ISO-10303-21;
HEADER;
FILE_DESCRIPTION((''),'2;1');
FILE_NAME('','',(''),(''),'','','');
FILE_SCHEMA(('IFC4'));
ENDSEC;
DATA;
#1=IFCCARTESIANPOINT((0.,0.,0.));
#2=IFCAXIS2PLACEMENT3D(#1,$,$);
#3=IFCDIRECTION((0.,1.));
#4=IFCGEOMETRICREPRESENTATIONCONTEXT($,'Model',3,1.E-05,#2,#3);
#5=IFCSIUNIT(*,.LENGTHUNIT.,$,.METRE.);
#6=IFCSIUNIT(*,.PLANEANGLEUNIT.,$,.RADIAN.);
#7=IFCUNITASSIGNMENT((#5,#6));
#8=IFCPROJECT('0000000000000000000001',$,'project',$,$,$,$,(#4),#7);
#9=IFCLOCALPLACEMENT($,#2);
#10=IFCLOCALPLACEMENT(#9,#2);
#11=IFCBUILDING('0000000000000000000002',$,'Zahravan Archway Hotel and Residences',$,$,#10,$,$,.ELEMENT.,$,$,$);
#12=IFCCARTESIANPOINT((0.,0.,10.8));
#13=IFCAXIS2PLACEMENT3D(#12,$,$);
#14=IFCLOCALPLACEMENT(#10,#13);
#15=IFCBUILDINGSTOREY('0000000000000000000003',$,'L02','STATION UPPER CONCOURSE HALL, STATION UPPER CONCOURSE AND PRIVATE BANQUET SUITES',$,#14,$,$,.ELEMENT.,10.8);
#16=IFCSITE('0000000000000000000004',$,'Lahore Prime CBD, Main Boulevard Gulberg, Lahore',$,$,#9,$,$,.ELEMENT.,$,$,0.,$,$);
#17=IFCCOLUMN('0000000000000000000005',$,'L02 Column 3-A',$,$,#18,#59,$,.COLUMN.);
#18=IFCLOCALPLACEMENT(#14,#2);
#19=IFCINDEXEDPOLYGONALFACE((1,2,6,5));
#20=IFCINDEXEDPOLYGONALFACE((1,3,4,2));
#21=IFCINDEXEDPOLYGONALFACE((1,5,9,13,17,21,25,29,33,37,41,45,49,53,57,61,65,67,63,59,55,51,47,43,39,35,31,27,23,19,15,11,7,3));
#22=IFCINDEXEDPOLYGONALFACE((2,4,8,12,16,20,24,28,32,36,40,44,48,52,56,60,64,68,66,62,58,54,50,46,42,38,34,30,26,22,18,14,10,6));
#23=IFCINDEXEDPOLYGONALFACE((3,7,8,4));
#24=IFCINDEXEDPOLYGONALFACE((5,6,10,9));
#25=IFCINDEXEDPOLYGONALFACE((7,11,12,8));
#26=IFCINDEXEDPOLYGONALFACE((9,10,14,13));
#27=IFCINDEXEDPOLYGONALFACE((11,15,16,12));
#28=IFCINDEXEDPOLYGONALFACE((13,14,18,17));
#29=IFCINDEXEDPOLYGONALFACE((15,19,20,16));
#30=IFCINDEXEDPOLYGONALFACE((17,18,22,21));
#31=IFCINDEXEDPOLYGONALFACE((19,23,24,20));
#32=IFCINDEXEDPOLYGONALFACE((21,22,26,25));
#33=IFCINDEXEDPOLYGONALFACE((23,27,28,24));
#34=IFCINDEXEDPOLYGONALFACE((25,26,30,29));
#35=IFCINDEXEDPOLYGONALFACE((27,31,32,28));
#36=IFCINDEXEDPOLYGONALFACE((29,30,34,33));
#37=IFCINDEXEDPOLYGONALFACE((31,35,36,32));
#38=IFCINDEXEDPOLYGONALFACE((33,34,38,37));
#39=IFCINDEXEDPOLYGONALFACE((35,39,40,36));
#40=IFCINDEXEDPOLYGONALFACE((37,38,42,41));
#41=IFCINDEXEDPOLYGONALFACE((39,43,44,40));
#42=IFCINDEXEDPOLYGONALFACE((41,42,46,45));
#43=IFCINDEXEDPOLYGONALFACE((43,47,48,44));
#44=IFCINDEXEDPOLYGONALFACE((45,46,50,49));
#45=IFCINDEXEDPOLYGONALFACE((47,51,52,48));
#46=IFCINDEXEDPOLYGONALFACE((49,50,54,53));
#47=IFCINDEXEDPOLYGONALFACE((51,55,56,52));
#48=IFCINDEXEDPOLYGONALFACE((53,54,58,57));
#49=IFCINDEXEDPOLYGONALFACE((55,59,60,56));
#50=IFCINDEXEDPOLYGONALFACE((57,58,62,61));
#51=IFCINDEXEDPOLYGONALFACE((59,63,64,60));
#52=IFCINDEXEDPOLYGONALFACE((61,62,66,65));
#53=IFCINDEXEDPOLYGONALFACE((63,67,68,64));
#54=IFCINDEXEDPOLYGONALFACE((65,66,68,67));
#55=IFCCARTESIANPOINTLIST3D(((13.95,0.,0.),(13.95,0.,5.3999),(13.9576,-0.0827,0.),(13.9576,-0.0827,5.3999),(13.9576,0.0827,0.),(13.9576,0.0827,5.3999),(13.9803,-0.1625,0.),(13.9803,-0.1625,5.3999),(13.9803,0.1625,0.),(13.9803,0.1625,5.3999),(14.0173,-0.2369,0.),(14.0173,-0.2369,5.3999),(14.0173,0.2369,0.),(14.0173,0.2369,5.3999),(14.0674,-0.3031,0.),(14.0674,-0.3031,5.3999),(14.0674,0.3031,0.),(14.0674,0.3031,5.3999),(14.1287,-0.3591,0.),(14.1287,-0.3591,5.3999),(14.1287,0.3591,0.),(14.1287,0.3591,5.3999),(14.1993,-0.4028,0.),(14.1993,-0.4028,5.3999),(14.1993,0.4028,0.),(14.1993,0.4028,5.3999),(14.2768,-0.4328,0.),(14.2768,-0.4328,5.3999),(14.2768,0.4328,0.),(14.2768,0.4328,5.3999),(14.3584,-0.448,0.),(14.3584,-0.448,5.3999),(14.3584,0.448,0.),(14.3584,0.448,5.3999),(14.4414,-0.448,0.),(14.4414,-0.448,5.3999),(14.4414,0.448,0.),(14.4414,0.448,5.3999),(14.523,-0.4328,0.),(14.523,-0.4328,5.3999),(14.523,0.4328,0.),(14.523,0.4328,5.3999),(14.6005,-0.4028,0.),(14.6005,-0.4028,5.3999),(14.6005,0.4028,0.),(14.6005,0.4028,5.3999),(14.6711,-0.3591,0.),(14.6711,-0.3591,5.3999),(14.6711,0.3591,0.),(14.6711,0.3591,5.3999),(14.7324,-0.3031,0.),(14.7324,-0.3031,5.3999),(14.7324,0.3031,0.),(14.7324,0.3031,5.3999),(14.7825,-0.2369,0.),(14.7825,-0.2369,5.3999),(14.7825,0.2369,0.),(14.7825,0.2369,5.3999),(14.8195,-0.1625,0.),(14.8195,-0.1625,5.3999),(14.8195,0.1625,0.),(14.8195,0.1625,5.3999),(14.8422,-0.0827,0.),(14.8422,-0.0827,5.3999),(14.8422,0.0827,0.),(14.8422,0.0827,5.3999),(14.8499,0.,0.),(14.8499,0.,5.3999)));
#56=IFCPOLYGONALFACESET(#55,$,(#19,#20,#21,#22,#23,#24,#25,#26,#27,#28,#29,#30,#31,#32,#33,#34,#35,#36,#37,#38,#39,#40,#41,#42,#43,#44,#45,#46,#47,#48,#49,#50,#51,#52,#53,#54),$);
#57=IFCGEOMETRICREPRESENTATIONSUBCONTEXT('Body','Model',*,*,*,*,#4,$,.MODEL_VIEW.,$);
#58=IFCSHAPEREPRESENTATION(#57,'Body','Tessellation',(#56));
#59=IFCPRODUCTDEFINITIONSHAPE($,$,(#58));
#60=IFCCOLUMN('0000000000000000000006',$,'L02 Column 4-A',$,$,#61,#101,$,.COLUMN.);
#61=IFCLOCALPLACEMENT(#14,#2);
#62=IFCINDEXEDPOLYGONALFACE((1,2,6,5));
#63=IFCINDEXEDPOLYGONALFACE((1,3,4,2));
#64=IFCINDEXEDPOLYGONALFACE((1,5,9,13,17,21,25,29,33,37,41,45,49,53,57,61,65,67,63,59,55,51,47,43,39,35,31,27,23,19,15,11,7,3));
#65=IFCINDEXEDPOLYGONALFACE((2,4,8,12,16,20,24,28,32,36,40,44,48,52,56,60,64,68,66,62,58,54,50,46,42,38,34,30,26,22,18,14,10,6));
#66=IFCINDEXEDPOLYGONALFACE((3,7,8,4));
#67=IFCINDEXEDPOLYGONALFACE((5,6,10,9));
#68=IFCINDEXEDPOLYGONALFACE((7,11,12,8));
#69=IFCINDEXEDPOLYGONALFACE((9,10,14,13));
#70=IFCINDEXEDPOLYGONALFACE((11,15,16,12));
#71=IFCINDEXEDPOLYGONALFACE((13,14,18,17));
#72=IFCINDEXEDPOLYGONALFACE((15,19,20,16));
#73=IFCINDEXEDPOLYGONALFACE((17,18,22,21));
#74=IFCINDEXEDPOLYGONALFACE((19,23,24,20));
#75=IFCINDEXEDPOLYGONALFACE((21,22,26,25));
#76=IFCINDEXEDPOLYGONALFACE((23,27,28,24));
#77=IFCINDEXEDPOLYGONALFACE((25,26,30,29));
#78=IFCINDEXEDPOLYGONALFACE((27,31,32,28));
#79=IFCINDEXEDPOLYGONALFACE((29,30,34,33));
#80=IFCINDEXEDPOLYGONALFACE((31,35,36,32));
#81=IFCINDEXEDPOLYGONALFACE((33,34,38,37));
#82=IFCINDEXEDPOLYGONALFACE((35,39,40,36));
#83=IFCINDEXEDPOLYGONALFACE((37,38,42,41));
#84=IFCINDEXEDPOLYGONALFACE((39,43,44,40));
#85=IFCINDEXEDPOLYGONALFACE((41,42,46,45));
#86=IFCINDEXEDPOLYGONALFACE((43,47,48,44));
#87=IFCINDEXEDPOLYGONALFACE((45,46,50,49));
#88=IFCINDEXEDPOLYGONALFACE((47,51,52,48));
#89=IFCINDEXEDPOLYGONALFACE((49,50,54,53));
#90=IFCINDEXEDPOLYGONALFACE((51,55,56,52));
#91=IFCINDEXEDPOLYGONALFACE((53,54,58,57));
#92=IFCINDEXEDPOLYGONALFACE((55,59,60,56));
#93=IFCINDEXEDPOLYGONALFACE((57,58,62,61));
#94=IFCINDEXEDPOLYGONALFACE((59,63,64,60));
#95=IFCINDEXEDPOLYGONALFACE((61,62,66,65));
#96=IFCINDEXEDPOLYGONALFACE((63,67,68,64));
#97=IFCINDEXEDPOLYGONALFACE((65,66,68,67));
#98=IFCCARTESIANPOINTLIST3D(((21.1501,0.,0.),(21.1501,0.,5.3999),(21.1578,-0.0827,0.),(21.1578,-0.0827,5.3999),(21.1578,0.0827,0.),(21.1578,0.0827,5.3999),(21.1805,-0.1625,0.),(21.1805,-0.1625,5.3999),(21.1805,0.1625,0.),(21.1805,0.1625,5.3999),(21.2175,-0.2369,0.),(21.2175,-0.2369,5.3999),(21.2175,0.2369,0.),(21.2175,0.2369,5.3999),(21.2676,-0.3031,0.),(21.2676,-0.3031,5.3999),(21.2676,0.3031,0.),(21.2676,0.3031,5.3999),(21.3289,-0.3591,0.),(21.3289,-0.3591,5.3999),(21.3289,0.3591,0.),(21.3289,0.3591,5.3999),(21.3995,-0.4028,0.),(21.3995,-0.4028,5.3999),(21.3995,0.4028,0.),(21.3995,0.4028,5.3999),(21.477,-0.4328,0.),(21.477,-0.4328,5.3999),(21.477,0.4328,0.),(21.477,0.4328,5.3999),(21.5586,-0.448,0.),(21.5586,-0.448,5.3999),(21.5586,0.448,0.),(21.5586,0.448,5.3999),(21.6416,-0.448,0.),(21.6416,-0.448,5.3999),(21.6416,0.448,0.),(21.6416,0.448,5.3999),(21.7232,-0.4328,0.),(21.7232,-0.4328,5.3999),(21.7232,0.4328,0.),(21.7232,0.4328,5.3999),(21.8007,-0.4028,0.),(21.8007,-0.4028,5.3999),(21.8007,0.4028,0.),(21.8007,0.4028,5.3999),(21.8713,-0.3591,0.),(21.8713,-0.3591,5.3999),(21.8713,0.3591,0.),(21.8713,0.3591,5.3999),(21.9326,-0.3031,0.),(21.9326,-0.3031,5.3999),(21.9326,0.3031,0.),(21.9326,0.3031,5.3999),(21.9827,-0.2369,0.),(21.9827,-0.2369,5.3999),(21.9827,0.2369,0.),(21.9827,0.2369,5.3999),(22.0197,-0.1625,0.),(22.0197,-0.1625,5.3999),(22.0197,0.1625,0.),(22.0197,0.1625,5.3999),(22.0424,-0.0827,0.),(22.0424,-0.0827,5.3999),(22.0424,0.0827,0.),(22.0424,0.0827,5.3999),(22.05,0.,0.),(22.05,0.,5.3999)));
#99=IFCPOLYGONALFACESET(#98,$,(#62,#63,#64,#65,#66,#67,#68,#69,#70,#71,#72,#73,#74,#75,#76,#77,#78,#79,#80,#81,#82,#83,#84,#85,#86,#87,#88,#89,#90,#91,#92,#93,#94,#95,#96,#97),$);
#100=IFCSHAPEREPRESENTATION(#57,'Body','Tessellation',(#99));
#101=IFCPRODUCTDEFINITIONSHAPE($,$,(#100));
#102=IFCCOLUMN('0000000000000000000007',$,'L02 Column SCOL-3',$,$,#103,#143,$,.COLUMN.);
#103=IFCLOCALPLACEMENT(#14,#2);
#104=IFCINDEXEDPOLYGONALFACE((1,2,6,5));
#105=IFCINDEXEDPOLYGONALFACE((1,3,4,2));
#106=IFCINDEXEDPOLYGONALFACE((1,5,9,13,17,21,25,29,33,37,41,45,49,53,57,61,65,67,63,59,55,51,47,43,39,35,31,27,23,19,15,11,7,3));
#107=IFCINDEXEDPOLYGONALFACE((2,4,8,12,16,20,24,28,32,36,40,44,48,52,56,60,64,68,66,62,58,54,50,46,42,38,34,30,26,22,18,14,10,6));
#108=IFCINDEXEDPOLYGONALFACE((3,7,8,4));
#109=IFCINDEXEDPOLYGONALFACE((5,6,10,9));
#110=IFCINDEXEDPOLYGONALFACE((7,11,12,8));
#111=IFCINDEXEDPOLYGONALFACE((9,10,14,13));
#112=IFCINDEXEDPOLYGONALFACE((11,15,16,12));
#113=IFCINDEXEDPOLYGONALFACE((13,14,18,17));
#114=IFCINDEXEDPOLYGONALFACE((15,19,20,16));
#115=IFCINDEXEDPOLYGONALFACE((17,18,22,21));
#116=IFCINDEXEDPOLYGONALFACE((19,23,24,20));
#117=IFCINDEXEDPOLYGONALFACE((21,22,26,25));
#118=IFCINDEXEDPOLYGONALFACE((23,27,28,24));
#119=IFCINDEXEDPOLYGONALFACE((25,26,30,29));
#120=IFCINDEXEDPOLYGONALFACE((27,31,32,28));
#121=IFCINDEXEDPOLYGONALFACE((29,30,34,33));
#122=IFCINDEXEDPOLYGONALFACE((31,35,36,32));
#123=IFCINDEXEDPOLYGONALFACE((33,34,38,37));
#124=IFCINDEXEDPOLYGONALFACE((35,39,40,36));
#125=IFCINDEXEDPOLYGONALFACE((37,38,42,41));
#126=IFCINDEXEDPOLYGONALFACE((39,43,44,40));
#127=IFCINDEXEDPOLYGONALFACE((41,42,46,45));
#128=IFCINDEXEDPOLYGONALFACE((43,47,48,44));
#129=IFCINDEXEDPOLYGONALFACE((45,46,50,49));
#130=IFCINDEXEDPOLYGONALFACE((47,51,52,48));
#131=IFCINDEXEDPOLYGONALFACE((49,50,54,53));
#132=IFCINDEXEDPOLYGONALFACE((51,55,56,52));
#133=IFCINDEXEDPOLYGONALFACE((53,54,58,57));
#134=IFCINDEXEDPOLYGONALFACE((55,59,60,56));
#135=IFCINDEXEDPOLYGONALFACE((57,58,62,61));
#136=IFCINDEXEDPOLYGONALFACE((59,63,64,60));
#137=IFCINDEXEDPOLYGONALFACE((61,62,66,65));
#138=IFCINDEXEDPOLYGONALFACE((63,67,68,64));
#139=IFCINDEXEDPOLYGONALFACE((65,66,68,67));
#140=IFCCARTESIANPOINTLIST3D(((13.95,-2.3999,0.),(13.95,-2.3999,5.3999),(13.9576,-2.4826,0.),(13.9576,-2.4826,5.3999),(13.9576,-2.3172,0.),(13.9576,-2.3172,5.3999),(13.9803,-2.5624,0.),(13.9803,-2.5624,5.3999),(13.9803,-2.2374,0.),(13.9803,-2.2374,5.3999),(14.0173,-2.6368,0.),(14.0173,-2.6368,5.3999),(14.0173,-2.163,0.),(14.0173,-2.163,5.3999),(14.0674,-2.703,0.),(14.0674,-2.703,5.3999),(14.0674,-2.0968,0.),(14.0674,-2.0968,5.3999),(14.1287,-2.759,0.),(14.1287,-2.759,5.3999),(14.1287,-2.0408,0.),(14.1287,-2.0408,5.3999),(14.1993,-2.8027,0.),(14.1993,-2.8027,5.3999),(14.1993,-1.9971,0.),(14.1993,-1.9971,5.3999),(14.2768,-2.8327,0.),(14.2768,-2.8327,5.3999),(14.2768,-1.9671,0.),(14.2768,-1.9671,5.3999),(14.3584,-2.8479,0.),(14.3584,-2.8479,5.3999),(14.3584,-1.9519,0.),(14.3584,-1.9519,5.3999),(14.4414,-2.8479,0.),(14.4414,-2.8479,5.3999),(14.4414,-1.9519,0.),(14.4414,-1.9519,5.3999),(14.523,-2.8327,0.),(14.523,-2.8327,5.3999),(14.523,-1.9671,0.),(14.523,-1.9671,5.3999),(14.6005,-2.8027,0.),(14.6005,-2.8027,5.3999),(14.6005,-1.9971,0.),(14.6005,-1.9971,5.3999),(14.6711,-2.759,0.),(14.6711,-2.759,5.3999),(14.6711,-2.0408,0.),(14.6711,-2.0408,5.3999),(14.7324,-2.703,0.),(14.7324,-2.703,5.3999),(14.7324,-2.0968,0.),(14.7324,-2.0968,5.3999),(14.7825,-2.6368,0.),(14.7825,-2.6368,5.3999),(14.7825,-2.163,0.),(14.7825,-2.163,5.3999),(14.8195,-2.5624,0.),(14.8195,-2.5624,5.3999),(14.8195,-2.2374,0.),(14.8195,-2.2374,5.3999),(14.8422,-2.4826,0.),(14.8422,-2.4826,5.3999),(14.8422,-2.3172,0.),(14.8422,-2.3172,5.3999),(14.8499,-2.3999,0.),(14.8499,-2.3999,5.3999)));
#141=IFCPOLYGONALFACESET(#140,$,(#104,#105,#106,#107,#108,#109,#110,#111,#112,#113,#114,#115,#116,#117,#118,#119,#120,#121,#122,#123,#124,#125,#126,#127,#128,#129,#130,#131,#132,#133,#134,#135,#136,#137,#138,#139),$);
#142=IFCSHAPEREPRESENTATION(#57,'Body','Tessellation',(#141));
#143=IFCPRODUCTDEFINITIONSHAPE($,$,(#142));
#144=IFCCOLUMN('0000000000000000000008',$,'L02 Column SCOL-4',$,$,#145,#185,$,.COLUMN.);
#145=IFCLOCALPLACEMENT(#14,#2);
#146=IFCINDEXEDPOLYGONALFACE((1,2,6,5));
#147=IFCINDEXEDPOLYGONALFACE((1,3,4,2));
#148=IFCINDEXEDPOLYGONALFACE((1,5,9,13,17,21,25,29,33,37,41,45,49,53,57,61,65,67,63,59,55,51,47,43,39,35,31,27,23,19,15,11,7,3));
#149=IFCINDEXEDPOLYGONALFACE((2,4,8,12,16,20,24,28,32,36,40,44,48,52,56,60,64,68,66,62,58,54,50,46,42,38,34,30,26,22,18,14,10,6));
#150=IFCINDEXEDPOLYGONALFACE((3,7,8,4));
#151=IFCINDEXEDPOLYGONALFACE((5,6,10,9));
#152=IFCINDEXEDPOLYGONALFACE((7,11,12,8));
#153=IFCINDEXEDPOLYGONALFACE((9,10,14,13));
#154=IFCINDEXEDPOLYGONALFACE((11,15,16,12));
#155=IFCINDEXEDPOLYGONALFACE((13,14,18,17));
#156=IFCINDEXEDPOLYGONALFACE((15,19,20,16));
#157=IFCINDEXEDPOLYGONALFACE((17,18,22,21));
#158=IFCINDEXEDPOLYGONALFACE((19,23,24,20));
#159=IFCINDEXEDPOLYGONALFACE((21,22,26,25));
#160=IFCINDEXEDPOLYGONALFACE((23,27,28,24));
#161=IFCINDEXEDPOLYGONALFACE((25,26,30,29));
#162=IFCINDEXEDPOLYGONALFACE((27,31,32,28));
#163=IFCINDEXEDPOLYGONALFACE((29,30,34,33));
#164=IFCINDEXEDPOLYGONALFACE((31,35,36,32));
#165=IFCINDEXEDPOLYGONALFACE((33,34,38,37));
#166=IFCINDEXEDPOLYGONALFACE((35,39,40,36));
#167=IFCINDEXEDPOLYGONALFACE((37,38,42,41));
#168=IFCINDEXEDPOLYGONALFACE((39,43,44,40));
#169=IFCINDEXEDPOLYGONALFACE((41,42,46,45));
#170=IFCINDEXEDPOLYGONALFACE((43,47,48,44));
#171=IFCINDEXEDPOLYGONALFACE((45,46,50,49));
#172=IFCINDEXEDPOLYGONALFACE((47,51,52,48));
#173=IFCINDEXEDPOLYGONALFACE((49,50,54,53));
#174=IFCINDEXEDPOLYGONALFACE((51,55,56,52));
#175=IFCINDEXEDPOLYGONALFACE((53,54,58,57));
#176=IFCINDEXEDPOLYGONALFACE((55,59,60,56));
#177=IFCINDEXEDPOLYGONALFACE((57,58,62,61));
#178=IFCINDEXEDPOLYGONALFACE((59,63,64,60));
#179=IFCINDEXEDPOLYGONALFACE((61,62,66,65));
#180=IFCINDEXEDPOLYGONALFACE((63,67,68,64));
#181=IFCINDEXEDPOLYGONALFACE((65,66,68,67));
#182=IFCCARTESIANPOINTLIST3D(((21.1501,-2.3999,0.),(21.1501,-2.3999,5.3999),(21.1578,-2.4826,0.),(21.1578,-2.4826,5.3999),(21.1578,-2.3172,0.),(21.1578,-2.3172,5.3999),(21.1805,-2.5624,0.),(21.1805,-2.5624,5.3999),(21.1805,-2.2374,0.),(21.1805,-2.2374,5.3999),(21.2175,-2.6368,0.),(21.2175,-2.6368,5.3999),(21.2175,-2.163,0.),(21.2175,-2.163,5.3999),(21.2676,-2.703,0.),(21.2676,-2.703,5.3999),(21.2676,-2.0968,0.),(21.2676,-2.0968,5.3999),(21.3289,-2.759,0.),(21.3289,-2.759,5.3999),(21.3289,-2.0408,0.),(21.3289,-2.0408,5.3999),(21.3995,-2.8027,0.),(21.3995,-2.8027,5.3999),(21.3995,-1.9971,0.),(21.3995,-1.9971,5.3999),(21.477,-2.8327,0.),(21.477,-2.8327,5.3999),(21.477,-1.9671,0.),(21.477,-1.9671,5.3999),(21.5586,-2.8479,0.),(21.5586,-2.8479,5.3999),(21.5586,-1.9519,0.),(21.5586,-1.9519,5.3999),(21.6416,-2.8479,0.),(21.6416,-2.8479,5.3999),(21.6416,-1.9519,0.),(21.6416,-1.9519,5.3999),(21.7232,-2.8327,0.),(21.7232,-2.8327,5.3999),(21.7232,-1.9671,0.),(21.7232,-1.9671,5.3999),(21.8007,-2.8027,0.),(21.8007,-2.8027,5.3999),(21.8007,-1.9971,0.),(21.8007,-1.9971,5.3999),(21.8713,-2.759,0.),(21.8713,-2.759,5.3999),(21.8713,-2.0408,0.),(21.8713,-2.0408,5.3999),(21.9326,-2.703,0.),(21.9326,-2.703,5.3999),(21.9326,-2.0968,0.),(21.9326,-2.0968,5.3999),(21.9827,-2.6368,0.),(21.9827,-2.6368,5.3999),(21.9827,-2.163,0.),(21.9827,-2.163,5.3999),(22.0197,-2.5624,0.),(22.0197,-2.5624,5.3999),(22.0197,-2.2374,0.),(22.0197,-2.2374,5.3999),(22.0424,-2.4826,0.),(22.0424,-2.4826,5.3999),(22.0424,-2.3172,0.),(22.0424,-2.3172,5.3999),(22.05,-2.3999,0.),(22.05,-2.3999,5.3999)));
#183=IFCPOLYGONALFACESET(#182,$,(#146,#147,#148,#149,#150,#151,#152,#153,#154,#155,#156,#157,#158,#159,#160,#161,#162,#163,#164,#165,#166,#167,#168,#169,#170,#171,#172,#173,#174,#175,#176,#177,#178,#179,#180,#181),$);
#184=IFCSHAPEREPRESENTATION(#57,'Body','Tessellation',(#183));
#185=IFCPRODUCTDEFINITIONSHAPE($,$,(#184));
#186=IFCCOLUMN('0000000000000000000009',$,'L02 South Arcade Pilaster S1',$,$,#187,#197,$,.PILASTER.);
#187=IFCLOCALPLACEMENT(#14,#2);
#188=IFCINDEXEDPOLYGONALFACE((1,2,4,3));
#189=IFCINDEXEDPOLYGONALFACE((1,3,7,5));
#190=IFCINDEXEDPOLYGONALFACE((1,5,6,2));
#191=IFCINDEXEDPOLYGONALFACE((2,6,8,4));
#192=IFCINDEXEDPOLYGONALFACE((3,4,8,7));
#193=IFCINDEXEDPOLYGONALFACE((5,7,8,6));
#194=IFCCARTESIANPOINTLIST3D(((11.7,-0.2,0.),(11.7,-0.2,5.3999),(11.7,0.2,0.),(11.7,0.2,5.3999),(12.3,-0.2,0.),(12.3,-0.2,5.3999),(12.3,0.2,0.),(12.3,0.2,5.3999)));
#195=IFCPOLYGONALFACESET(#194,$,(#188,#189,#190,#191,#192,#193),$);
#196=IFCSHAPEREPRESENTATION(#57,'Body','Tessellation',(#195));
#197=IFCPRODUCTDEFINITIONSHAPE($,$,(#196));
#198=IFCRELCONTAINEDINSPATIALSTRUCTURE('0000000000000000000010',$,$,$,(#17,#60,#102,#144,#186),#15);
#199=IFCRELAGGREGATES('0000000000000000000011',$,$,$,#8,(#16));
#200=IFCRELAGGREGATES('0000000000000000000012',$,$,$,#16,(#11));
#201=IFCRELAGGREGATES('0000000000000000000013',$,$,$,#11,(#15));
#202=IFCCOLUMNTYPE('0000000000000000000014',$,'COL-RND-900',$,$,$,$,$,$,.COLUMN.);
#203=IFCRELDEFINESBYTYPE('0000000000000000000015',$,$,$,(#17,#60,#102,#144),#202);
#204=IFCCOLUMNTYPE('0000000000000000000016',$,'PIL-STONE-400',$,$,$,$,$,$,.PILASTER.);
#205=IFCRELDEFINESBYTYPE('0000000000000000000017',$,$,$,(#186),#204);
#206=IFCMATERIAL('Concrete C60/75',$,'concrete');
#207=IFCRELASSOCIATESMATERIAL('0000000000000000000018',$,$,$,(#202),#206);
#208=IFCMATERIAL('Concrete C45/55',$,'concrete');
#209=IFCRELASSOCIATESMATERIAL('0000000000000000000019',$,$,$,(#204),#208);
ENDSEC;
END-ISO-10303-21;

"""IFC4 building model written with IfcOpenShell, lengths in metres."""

from ifc_helpers import new_model, si_unit, direction, frame, origin, origin_2d, place, context, subcontext, project, spatial, rectangle, circle, extrude, source, transform, mapped, material, material_profile, profile_set, type_object, type_shapes, element, save


model = new_model("IFC4")

# Units and contexts
model_context = context("Model", 3, precision=1e-05, world=origin(), true_north=direction((0.0, 1.0)))
body_context = subcontext(model_context, "Body", "Model", "MODEL_VIEW")
ifc_project = project(units=[si_unit("LENGTHUNIT", "METRE"), si_unit("PLANEANGLEUNIT", "RADIAN")], contexts=[model_context])

# Site, building, storey
site_placement = place(None, origin())
site = spatial("IfcSite", under=ifc_project, at=site_placement, Name="Lahore Prime CBD, Main Boulevard Gulberg, Lahore", CompositionType="ELEMENT", RefElevation=0.0)
building_placement = place(site_placement, origin())
building = spatial("IfcBuilding", under=site, at=building_placement, Name="Zahravan Archway Hotel and Residences", CompositionType="ELEMENT")
storey_placement = place(building_placement, frame((0.0, 0.0, 10.8)))
storey = spatial("IfcBuildingStorey", under=building, at=storey_placement, Name="L02", Description="STATION UPPER CONCOURSE HALL, STATION UPPER CONCOURSE AND PRIVATE BANQUET SUITES", CompositionType="ELEMENT", Elevation=10.8)

# Columns
ifc_material_1 = material(Name="Concrete C60/75", Category="concrete")
ifc_material_profile_1 = material_profile(ifc_material_1, circle(Radius=0.45, at=origin_2d()), Name="RC-CIRC-900", Category="concrete")
ifc_profile_set_1 = profile_set([ifc_material_profile_1], Name="Concrete C60/75")
column_type_1 = type_object("IfcColumnType", Name="COL-RND-900", PredefinedType="COLUMN", material=ifc_profile_set_1)
shared_shape_1 = source(origin(), body_context, "Body", "SweptSolid", [
    extrude(circle(Radius=0.45, at=origin_2d()), origin(), (0.0, 0.0, 1.0), 5.3999),
])
type_shapes(column_type_1, [shared_shape_1])
for number, where, z_axis, x_axis, name in (
    (1, (14.3999, 0.0, 0.0), (0.0, 0.0, 1.0), (1.0, 0.0, 0.0), "L02 Column 3-A"),
    (2, (21.6001, 0.0, 0.0), (0.0, 0.0, 1.0), (1.0, 0.0, 0.0), "L02 Column 4-A"),
    (3, (14.3999, -2.3999, 0.0), (0.0, 0.0, 1.0), (1.0, 0.0, 0.0), "L02 Column SCOL-3"),
    (4, (21.6001, -2.3999, 0.0), (0.0, 0.0, 1.0), (1.0, 0.0, 0.0), "L02 Column SCOL-4"),
):
    element("IfcColumn", number, at=place(storey_placement, frame(where, z_axis=z_axis, x_axis=x_axis)), inside=storey, type_object=column_type_1, Name=name, PredefinedType="COLUMN", context=body_context, shape_type="MappedRepresentation", body=[
        mapped(shared_shape_1, transform((0.0, 0.0, 0.0), scale=1.0)),
    ])
ifc_material_2 = material(Name="Concrete C45/55", Category="concrete")
ifc_material_profile_2 = material_profile(ifc_material_2, rectangle(XDim=0.6001, YDim=0.3999, at=origin_2d()), Name="RC-PIL-600x400", Category="concrete")
ifc_profile_set_2 = profile_set([ifc_material_profile_2], Name="Concrete C45/55")
column_type_2 = type_object("IfcColumnType", Name="PIL-STONE-400", PredefinedType="PILASTER", material=ifc_profile_set_2)
shared_shape_2 = source(origin(), body_context, "Body", "SweptSolid", [
    extrude(rectangle(XDim=0.6001, YDim=0.3999, at=origin_2d()), origin(), (0.0, 0.0, 1.0), 5.3999),
])
column_placement = place(storey_placement, frame((12.0, 0.0, 0.0), z_axis=(0.0, 0.0, 1.0), x_axis=(1.0, 0.0, 0.0)))
element("IfcColumn", 5, at=column_placement, inside=storey, type_object=column_type_2, Name="L02 South Arcade Pilaster S1", PredefinedType="PILASTER", context=body_context, shape_type="MappedRepresentation", body=[
    mapped(shared_shape_2, transform((0.0, 0.0, 0.0), scale=1.0)),
])

save(model, "model.ifc")
